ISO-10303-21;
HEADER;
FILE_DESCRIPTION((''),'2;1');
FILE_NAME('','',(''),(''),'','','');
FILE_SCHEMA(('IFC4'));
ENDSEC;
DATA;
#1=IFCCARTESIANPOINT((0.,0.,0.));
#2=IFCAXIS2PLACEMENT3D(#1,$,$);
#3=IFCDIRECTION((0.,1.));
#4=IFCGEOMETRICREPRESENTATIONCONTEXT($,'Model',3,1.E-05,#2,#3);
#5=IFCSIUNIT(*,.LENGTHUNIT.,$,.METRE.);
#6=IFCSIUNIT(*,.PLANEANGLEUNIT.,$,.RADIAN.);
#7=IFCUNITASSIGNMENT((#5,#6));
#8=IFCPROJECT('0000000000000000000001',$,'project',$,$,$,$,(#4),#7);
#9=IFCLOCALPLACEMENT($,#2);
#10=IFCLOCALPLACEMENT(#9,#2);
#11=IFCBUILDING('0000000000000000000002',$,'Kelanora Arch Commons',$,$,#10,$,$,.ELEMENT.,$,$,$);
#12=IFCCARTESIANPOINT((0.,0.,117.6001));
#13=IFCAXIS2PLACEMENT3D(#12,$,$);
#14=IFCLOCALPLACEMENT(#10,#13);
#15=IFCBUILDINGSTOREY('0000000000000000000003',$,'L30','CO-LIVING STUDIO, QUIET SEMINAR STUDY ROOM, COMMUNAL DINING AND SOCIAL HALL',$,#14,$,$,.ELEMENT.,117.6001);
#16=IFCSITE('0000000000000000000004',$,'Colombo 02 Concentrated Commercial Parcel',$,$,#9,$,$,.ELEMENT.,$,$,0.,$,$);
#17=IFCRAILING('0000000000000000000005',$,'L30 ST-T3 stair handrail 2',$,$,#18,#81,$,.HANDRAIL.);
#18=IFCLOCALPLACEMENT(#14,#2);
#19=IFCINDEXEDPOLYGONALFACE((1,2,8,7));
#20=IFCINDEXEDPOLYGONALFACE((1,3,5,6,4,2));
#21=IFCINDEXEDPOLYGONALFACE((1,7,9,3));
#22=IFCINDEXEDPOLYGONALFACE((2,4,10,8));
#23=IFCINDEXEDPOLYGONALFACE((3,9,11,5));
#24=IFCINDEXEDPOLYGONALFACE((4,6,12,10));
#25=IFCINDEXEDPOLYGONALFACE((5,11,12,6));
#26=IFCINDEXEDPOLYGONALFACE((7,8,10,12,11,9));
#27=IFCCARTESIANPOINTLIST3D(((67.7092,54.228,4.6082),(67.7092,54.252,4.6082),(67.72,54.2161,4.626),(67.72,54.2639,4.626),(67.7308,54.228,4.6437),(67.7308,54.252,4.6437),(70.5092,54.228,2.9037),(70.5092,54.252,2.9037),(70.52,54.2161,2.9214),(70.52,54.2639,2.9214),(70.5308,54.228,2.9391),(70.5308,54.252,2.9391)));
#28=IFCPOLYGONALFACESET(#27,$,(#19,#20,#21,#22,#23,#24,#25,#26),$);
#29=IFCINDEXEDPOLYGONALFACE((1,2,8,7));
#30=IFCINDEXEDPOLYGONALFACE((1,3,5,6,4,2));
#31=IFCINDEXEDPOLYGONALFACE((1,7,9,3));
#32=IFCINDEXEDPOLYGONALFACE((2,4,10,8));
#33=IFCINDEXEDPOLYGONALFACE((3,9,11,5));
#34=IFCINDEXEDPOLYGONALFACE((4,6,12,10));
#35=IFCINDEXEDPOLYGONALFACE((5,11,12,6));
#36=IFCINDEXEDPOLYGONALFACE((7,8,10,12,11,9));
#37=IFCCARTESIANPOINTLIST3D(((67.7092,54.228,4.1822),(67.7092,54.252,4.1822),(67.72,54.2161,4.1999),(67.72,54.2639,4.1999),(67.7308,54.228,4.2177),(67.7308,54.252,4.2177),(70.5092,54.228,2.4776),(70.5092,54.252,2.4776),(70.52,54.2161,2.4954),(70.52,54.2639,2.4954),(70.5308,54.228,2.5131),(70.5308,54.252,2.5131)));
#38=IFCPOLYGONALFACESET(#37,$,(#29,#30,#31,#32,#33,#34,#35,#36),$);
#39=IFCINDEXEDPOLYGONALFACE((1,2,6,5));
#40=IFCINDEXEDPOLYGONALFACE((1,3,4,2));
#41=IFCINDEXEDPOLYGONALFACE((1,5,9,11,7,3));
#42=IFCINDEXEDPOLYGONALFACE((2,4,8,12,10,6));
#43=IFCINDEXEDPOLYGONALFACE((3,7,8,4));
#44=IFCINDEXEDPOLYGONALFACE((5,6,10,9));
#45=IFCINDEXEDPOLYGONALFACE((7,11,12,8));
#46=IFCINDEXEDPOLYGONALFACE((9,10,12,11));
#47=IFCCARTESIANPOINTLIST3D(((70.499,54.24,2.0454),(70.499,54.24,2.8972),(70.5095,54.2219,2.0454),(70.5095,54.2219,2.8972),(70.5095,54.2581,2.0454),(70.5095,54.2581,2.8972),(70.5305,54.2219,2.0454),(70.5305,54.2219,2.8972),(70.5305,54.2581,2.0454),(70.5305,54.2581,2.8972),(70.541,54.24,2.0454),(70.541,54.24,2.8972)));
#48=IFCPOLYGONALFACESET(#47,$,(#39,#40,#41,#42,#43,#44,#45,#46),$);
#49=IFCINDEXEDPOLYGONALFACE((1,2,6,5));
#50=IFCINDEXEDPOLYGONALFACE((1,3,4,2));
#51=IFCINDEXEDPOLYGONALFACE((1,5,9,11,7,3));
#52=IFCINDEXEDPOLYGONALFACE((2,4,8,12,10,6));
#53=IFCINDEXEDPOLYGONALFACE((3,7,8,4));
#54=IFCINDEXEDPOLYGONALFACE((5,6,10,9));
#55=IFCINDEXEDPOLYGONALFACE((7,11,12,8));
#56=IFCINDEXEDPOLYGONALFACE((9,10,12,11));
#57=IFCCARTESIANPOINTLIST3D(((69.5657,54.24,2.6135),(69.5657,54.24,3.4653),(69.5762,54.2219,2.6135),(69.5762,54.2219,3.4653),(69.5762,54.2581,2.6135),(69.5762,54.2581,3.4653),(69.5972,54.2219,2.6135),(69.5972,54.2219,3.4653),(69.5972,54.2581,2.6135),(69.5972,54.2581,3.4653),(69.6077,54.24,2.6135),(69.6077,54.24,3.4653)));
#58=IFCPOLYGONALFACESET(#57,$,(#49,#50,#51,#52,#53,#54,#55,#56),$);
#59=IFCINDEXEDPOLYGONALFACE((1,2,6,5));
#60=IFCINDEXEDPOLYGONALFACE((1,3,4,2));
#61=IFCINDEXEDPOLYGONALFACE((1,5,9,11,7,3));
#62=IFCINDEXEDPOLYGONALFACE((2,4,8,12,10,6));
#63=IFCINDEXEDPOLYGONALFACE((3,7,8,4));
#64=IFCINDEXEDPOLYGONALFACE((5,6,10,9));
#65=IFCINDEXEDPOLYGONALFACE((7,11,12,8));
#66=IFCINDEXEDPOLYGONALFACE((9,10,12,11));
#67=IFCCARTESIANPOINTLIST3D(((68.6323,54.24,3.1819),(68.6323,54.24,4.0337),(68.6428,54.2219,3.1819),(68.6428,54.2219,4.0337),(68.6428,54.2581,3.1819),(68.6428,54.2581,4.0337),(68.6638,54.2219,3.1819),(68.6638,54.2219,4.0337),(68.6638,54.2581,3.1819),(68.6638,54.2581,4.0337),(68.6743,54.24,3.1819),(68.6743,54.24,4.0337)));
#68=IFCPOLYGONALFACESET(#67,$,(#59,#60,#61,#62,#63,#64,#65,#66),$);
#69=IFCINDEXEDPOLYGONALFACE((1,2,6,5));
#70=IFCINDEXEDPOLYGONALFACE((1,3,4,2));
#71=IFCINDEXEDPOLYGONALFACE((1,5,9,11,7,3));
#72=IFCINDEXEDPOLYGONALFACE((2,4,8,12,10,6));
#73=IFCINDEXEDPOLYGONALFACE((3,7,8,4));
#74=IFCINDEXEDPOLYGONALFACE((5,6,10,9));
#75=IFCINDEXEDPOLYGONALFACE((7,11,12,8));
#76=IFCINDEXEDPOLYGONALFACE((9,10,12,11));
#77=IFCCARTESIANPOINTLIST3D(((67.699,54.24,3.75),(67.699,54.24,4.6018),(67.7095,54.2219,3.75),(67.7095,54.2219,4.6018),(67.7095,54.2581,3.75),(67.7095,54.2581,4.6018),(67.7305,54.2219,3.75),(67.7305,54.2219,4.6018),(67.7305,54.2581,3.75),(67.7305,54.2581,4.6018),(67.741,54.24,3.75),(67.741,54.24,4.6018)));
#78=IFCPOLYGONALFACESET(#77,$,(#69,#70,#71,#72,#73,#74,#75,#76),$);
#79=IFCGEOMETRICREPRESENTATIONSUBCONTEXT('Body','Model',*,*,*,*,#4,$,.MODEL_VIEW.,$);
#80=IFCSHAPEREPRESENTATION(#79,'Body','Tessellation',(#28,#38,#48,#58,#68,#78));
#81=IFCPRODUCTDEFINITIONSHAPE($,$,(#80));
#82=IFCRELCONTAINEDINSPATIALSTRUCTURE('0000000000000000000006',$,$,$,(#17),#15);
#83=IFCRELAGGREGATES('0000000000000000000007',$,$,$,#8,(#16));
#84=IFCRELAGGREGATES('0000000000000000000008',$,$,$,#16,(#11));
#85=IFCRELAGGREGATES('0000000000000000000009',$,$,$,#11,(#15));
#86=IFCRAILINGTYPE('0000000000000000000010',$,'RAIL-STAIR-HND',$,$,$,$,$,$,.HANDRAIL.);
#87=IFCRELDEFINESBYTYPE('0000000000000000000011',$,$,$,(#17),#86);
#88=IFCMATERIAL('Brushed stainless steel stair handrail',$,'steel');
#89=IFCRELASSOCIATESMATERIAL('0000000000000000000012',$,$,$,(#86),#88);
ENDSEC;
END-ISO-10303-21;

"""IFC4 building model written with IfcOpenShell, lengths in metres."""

from ifc_helpers import new_model, si_unit, direction, frame, origin, place, context, subcontext, project, spatial, polyline, outline, extrude, material, type_object, element, save


model = new_model("IFC4")

# Units and contexts
model_context = context("Model", 3, precision=1e-05, world=origin(), true_north=direction((0.0, 1.0)))
body_context = subcontext(model_context, "Body", "Model", "MODEL_VIEW")
ifc_project = project(units=[si_unit("LENGTHUNIT", "METRE"), si_unit("PLANEANGLEUNIT", "RADIAN")], contexts=[model_context])

# Site, building, storey
site_placement = place(None, origin())
site = spatial("IfcSite", under=ifc_project, at=site_placement, Name="Colombo 02 Concentrated Commercial Parcel", CompositionType="ELEMENT", RefElevation=0.0)
building_placement = place(site_placement, origin())
building = spatial("IfcBuilding", under=site, at=building_placement, Name="Kelanora Arch Commons", CompositionType="ELEMENT")
storey_placement = place(building_placement, frame((0.0, 0.0, 117.6001)))
storey = spatial("IfcBuildingStorey", under=building, at=storey_placement, Name="L30", Description="CO-LIVING STUDIO, QUIET SEMINAR STUDY ROOM, COMMUNAL DINING AND SOCIAL HALL", CompositionType="ELEMENT", Elevation=117.6001)

# Railing
ifc_material_1 = material(Name="Brushed stainless steel stair handrail", Category="steel")
railing_type_1 = type_object("IfcRailingType", Name="RAIL-STAIR-HND", PredefinedType="HANDRAIL", material=ifc_material_1)
railing_1_placement = place(storey_placement, frame((70.52, 54.24, 2.0454)))
element("IfcRailing", 1, at=railing_1_placement, inside=storey, type_object=railing_type_1, Name="L30 ST-T3 stair handrail 2", PredefinedType="HANDRAIL", context=body_context, shape_type="SweptSolid", body=[
    extrude(outline(polyline([(0.0239, 0.0), (0.012, 0.0208), (-0.012, 0.0208), (-0.0239, 0.0), (-0.012, -0.0208), (0.012, -0.0208), (0.0239, 0.0)])), frame((0.0, 0.0, 0.876), z_axis=(-0.85417, 0.0, 0.519994), x_axis=(0.0, -1.0, 0.0)), (0.0, 0.0, 1.0), 3.2781),
    extrude(outline(polyline([(0.0239, 0.0), (0.012, 0.0208), (-0.012, 0.0208), (-0.0239, 0.0), (-0.012, -0.0208), (0.012, -0.0208), (0.0239, 0.0)])), frame((0.0, 0.0, 0.45), z_axis=(-0.85417, 0.0, 0.519994), x_axis=(0.0, -1.0, 0.0)), (0.0, 0.0, 1.0), 3.2781),
    extrude(outline(polyline([(0.021, 0.0), (0.0105, 0.0181), (-0.0105, 0.0181), (-0.021, 0.0), (-0.0105, -0.0181), (0.0105, -0.0181), (0.021, 0.0)])), origin(), (0.0, 0.0, 1.0), 0.8518),
    extrude(outline(polyline([(0.021, 0.0), (0.0105, 0.0181), (-0.0105, 0.0181), (-0.021, 0.0), (-0.0105, -0.0181), (0.0105, -0.0181), (0.021, 0.0)])), frame((-0.9333, 0.0, 0.5681)), (0.0, 0.0, 1.0), 0.8518),
    extrude(outline(polyline([(0.021, 0.0), (0.0105, 0.0181), (-0.0105, 0.0181), (-0.021, 0.0), (-0.0105, -0.0181), (0.0105, -0.0181), (0.021, 0.0)])), frame((-1.8667, 0.0, 1.1365)), (0.0, 0.0, 1.0), 0.8518),
    extrude(outline(polyline([(0.021, 0.0), (0.0105, 0.0181), (-0.0105, 0.0181), (-0.021, 0.0), (-0.0105, -0.0181), (0.0105, -0.0181), (0.021, 0.0)])), frame((-2.8, 0.0, 1.7046)), (0.0, 0.0, 1.0), 0.8518),
])

save(model, "model.ifc")
